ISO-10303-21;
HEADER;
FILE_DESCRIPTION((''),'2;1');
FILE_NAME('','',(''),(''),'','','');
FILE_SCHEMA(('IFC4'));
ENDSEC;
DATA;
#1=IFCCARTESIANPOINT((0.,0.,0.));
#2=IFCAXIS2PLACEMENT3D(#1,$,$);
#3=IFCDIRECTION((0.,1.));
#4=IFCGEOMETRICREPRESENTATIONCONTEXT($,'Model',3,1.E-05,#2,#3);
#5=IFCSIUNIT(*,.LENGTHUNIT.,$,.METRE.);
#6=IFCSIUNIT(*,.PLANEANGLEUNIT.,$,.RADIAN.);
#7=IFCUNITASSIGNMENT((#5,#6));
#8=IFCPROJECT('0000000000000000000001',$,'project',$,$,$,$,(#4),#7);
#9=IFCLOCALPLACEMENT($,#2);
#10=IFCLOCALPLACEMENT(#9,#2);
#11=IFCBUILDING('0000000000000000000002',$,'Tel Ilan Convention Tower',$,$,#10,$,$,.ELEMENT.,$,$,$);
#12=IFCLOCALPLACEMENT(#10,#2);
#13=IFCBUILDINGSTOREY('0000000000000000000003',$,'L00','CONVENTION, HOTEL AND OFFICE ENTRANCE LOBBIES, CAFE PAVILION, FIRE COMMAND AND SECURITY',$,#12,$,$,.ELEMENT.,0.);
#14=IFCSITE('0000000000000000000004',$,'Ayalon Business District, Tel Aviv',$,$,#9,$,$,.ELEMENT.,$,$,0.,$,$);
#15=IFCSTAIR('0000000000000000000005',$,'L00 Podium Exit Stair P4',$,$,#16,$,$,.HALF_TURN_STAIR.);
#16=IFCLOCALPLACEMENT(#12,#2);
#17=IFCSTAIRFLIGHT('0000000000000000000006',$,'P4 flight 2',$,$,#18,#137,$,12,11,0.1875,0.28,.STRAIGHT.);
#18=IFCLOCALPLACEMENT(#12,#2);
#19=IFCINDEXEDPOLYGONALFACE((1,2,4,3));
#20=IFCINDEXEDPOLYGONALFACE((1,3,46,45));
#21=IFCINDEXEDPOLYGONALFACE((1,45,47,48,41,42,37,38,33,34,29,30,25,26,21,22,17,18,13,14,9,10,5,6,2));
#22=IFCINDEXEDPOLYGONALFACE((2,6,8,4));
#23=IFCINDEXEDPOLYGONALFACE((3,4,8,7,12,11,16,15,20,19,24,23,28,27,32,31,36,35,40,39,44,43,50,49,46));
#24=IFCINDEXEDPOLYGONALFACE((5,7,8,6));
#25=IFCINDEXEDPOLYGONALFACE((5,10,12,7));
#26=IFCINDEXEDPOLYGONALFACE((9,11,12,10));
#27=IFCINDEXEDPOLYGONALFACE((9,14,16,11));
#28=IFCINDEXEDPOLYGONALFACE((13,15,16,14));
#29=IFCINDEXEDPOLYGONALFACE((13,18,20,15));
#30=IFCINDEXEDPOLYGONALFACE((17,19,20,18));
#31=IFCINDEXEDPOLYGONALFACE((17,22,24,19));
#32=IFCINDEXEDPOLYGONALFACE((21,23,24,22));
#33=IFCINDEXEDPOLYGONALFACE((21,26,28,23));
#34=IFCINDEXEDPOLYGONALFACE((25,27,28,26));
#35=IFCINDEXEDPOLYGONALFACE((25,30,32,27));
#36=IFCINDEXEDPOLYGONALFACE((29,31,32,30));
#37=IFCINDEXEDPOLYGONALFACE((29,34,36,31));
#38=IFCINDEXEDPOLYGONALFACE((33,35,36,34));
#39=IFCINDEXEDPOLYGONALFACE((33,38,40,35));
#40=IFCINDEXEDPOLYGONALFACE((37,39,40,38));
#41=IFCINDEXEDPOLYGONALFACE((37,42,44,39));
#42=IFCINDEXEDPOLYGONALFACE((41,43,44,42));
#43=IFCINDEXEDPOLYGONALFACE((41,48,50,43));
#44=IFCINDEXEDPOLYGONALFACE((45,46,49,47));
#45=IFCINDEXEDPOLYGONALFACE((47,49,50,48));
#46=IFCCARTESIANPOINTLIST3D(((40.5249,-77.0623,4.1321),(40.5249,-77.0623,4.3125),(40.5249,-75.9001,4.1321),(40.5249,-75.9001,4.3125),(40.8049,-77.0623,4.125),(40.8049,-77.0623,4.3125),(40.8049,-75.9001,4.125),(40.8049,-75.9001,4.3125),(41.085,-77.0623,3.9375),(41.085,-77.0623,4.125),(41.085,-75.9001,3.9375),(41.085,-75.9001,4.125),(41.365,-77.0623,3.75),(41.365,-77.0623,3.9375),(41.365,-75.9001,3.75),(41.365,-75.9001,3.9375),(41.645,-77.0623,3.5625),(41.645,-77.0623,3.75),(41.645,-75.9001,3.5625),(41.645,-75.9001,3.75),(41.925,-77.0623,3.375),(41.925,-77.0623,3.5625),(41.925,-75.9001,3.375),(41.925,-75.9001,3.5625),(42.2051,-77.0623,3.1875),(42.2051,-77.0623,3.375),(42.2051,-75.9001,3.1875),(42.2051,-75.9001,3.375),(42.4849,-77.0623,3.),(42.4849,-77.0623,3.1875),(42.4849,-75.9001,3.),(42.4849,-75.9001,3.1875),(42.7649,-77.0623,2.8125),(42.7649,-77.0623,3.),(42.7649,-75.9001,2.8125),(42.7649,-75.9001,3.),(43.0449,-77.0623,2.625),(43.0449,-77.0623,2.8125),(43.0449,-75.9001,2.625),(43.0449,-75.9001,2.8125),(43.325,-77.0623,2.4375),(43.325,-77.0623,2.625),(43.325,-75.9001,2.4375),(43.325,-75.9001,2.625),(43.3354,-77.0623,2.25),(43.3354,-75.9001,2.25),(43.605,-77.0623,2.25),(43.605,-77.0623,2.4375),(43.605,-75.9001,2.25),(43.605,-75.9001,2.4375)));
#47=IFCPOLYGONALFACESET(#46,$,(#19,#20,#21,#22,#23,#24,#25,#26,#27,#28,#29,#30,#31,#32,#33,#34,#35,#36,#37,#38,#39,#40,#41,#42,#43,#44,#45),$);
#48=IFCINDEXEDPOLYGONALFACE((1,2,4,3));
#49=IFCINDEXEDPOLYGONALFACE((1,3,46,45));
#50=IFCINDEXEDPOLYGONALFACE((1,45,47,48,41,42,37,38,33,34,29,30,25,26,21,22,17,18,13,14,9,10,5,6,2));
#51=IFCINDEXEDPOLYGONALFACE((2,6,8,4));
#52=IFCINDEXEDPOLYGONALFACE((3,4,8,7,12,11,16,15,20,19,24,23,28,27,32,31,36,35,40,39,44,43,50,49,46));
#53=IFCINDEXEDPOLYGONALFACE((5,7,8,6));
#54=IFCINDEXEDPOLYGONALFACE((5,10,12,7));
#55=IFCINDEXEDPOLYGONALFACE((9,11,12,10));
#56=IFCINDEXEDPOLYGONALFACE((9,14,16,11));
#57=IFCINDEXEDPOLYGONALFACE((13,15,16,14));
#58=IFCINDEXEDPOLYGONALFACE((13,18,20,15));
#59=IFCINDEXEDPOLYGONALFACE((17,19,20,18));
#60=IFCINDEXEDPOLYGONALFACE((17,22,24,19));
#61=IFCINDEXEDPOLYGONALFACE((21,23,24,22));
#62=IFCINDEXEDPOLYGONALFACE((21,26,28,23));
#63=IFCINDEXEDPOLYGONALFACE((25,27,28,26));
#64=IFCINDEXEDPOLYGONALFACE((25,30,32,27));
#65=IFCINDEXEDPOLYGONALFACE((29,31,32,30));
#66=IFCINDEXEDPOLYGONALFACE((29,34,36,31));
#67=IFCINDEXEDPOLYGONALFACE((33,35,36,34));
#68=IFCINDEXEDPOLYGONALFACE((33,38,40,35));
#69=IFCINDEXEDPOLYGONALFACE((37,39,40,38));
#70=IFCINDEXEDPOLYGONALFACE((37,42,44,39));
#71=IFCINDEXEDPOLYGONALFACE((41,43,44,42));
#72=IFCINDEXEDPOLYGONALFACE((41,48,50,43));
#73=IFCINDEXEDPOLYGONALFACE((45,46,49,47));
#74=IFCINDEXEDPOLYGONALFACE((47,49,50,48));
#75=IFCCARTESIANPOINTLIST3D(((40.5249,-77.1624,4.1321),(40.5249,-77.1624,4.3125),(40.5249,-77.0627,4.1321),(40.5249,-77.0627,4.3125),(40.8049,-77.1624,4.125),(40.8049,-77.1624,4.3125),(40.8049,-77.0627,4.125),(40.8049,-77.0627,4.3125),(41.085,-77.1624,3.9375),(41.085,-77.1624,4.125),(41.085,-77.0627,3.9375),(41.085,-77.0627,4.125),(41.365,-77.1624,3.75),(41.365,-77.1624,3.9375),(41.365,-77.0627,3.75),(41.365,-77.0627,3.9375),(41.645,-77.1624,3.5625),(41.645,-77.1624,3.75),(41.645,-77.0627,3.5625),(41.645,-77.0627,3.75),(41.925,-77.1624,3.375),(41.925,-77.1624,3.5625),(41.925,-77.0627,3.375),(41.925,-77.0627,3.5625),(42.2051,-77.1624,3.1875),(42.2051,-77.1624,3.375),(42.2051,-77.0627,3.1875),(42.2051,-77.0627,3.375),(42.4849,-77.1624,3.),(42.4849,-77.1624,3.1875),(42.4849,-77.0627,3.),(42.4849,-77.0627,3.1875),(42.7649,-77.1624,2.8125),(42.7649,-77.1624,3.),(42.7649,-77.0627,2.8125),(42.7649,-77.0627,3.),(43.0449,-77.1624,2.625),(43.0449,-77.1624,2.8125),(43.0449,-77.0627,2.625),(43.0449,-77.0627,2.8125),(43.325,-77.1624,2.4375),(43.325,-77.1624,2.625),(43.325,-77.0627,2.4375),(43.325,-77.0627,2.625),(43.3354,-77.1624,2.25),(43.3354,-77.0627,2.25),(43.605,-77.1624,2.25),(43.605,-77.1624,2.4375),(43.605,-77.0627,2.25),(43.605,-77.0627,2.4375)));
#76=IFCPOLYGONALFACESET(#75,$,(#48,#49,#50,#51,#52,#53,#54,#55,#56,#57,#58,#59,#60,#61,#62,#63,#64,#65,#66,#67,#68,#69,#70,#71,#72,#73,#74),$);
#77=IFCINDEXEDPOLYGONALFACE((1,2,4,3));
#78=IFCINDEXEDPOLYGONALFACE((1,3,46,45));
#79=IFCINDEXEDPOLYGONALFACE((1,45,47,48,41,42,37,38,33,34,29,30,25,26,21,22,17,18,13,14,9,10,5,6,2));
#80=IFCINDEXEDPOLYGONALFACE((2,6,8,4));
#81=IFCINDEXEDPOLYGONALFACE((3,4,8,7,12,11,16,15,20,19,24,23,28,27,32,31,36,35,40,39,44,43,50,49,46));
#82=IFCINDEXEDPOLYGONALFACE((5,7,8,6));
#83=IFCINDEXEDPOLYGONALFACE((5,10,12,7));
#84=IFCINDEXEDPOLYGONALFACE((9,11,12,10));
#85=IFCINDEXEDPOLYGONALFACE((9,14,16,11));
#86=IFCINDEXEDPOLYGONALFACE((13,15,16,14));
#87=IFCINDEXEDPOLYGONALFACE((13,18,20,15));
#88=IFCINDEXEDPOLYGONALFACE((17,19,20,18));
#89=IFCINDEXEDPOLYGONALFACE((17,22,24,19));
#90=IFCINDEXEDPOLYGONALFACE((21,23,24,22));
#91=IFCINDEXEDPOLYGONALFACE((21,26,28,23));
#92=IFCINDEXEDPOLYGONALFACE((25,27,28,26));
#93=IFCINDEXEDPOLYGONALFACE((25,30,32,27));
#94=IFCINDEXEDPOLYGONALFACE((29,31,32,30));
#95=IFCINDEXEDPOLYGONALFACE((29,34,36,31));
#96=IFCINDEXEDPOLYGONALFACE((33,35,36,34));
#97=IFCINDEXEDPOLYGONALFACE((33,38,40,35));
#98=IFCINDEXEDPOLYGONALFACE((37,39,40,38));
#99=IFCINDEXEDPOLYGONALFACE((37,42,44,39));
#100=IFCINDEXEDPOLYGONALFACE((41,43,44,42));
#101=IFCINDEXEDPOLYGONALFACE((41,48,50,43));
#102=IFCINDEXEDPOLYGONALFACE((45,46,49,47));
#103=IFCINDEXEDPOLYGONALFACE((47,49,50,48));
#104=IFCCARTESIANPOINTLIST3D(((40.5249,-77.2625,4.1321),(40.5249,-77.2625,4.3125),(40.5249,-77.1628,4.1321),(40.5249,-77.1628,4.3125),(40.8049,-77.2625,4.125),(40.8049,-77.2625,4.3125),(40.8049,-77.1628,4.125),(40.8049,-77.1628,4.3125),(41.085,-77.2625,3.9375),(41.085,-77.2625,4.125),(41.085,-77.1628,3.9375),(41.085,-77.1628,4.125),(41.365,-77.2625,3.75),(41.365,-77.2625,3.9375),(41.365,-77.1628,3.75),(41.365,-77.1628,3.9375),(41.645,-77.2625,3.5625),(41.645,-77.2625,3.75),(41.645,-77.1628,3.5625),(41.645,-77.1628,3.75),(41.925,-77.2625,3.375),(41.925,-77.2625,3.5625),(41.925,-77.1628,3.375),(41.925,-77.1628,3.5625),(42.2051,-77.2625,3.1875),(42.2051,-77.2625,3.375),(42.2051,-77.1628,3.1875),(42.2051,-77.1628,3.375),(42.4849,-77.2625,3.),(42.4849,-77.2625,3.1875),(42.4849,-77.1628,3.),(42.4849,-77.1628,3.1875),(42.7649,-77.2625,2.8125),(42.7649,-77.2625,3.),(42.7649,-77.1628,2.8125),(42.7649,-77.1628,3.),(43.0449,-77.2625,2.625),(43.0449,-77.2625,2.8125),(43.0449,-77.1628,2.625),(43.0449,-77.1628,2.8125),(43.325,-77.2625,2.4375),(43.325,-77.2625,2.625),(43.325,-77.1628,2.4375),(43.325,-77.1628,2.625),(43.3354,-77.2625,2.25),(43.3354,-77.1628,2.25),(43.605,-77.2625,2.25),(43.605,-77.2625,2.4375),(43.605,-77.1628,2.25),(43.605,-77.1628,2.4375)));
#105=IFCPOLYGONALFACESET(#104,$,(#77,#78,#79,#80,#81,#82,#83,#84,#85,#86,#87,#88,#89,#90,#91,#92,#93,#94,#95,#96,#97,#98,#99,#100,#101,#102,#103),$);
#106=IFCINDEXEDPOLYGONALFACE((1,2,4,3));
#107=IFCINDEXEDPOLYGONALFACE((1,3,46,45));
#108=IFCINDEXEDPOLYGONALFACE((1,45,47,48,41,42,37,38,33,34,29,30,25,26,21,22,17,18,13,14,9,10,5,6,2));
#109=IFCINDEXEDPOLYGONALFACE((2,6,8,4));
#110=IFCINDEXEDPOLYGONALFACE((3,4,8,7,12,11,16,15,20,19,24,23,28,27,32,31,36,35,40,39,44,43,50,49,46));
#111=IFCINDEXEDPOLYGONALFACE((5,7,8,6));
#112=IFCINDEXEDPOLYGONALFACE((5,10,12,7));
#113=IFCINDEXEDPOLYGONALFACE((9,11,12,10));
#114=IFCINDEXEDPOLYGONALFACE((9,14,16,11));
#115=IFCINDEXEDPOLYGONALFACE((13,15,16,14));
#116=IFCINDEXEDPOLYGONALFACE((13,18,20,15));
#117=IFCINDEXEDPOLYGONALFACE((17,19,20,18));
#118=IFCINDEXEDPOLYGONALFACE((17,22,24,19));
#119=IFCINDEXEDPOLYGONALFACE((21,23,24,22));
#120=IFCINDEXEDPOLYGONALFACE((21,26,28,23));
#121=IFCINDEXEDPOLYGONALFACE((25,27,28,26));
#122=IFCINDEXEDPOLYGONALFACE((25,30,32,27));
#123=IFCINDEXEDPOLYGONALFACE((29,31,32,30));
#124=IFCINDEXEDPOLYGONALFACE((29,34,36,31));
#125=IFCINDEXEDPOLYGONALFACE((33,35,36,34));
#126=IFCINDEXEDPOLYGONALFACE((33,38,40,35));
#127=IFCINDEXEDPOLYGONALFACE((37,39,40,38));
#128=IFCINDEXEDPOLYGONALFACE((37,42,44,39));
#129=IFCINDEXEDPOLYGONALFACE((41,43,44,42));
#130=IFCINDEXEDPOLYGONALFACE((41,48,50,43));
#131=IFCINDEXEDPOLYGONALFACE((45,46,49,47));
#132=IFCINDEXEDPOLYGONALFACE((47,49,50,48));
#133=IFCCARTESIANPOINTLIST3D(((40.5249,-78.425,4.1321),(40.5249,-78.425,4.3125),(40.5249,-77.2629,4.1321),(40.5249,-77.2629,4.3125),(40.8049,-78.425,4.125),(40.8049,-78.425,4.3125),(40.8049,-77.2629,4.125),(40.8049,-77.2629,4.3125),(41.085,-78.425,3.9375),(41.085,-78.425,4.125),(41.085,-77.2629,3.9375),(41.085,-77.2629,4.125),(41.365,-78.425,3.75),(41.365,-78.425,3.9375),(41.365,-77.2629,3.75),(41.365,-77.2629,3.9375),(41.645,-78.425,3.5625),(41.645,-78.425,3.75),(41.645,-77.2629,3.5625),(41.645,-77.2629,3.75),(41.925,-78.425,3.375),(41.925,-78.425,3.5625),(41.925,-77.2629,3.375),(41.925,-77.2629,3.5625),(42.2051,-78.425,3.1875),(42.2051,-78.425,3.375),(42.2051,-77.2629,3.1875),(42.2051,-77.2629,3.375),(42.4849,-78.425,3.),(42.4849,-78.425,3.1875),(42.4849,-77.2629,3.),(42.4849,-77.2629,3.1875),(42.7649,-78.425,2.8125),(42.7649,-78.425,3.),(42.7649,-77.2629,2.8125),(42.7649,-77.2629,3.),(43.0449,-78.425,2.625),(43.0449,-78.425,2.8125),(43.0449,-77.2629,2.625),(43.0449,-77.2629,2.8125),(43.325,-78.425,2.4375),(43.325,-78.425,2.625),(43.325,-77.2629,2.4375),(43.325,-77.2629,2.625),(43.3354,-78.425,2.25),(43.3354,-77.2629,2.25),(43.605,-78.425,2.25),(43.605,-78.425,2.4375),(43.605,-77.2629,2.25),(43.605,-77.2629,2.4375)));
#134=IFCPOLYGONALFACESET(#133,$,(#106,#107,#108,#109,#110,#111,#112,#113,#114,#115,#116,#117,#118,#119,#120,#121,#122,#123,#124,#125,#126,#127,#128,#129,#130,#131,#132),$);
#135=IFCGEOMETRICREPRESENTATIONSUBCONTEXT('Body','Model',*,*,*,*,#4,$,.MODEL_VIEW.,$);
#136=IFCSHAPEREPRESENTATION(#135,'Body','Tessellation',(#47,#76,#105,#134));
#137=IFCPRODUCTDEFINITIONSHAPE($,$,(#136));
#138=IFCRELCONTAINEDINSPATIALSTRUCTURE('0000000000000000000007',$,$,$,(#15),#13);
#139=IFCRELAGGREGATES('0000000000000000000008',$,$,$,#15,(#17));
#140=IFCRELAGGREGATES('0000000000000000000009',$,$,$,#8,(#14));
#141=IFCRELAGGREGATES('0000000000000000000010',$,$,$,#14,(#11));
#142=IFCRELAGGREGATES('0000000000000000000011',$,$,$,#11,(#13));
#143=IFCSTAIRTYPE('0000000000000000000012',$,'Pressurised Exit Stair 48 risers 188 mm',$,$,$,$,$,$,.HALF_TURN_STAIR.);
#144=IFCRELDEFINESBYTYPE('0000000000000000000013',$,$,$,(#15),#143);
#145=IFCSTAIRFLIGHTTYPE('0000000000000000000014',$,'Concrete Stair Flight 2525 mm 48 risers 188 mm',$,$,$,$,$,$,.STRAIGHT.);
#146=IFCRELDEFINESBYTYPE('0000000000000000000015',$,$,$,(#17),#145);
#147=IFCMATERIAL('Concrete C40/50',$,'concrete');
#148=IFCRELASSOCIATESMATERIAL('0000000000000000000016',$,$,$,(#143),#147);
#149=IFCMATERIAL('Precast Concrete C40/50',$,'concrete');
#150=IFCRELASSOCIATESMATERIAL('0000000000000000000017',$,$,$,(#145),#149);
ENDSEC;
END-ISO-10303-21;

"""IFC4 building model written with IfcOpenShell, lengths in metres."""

from ifc_helpers import new_model, si_unit, direction, frame, origin, place, context, subcontext, project, spatial, polyline, outline, extrude, material, type_object, element, aggregate, save


model = new_model("IFC4")

# Units and contexts
model_context = context("Model", 3, precision=1e-05, world=origin(), true_north=direction((0.0, 1.0)))
body_context = subcontext(model_context, "Body", "Model", "MODEL_VIEW")
ifc_project = project(units=[si_unit("LENGTHUNIT", "METRE"), si_unit("PLANEANGLEUNIT", "RADIAN")], contexts=[model_context])

# Site, building, storey
site_placement = place(None, origin())
site = spatial("IfcSite", under=ifc_project, at=site_placement, Name="Ayalon Business District, Tel Aviv", CompositionType="ELEMENT", RefElevation=0.0)
building_placement = place(site_placement, origin())
building = spatial("IfcBuilding", under=site, at=building_placement, Name="Tel Ilan Convention Tower", CompositionType="ELEMENT")
storey_placement = place(building_placement, origin())
storey = spatial("IfcBuildingStorey", under=building, at=storey_placement, Name="L00", Description="CONVENTION, HOTEL AND OFFICE ENTRANCE LOBBIES, CAFE PAVILION, FIRE COMMAND AND SECURITY", CompositionType="ELEMENT", Elevation=0.0)

# Stair, stair flight
ifc_material_1 = material(Name="Concrete C40/50", Category="concrete")
stair_type = type_object("IfcStairType", Name="Pressurised Exit Stair 48 risers 188 mm", PredefinedType="HALF_TURN_STAIR", material=ifc_material_1)
stair_placement = place(storey_placement, origin())
stair = element("IfcStair", 1, at=stair_placement, inside=storey, type_object=stair_type, Name="L00 Podium Exit Stair P4", PredefinedType="HALF_TURN_STAIR")
ifc_material_2 = material(Name="Precast Concrete C40/50", Category="concrete")
stair_flight_type = type_object("IfcStairFlightType", Name="Concrete Stair Flight 2525 mm 48 risers 188 mm", PredefinedType="STRAIGHT", material=ifc_material_2)
stair_flight_1_placement = place(storey_placement, frame((43.605, -77.1626, 2.25), z_axis=(0.0, 0.0, 1.0), x_axis=(-1.0, 0.0, 0.0)))
stair_flight_1 = element("IfcStairFlight", 2, at=stair_flight_1_placement, type_object=stair_flight_type, Name="P4 flight 2", NumberOfRisers=12, NumberOfTreads=11, PredefinedType="STRAIGHT", RiserHeight=0.1875, TreadLength=0.28, context=body_context, shape_type="SweptSolid", body=[
    extrude(outline(polyline([(0.0, 0.0), (0.0, 0.1875), (0.28, 0.1875), (0.28, 0.375), (0.5601, 0.375), (0.5601, 0.5625), (0.8401, 0.5625), (0.8401, 0.75), (1.1201, 0.75), (1.1201, 0.9375), (1.3999, 0.9375), (1.3999, 1.125), (1.6799, 1.125), (1.6799, 1.3125), (1.96, 1.3125), (1.96, 1.5), (2.24, 1.5), (2.24, 1.6875), (2.52, 1.6875), (2.52, 1.875), (2.8, 1.875), (2.8, 2.0625), (3.0801, 2.0625), (3.0801, 2.25), (3.0801, 1.8821), (0.2695, 0.0), (0.0, 0.0)])), frame((0.0, -0.1003, 0.0), z_axis=(0.0, -1.0, 0.0), x_axis=(1.0, 0.0, 0.0)), (0.0, 0.0, 1.0), 1.1621),
    extrude(outline(polyline([(0.0, 0.0), (0.0, 0.1875), (0.28, 0.1875), (0.28, 0.375), (0.5601, 0.375), (0.5601, 0.5625), (0.8401, 0.5625), (0.8401, 0.75), (1.1201, 0.75), (1.1201, 0.9375), (1.3999, 0.9375), (1.3999, 1.125), (1.6799, 1.125), (1.6799, 1.3125), (1.96, 1.3125), (1.96, 1.5), (2.24, 1.5), (2.24, 1.6875), (2.52, 1.6875), (2.52, 1.875), (2.8, 1.875), (2.8, 2.0625), (3.0801, 2.0625), (3.0801, 2.25), (3.0801, 1.8821), (0.2695, 0.0), (0.0, 0.0)])), frame((0.0, -0.0002, 0.0), z_axis=(0.0, -1.0, 0.0), x_axis=(1.0, 0.0, 0.0)), (0.0, 0.0, 1.0), 0.0996),
    extrude(outline(polyline([(0.0, 0.0), (0.0, 0.1875), (0.28, 0.1875), (0.28, 0.375), (0.5601, 0.375), (0.5601, 0.5625), (0.8401, 0.5625), (0.8401, 0.75), (1.1201, 0.75), (1.1201, 0.9375), (1.3999, 0.9375), (1.3999, 1.125), (1.6799, 1.125), (1.6799, 1.3125), (1.96, 1.3125), (1.96, 1.5), (2.24, 1.5), (2.24, 1.6875), (2.52, 1.6875), (2.52, 1.875), (2.8, 1.875), (2.8, 2.0625), (3.0801, 2.0625), (3.0801, 2.25), (3.0801, 1.8821), (0.2695, 0.0), (0.0, 0.0)])), frame((0.0, 0.0999, 0.0), z_axis=(0.0, -1.0, 0.0), x_axis=(1.0, 0.0, 0.0)), (0.0, 0.0, 1.0), 0.0996),
    extrude(outline(polyline([(0.0, 0.0), (0.0, 0.1875), (0.28, 0.1875), (0.28, 0.375), (0.5601, 0.375), (0.5601, 0.5625), (0.8401, 0.5625), (0.8401, 0.75), (1.1201, 0.75), (1.1201, 0.9375), (1.3999, 0.9375), (1.3999, 1.125), (1.6799, 1.125), (1.6799, 1.3125), (1.96, 1.3125), (1.96, 1.5), (2.24, 1.5), (2.24, 1.6875), (2.52, 1.6875), (2.52, 1.875), (2.8, 1.875), (2.8, 2.0625), (3.0801, 2.0625), (3.0801, 2.25), (3.0801, 1.8821), (0.2695, 0.0), (0.0, 0.0)])), frame((0.0, 1.2625, 0.0), z_axis=(0.0, -1.0, 0.0), x_axis=(1.0, 0.0, 0.0)), (0.0, 0.0, 1.0), 1.1621),
])
aggregate(stair, [stair_flight_1])

save(model, "model.ifc")
